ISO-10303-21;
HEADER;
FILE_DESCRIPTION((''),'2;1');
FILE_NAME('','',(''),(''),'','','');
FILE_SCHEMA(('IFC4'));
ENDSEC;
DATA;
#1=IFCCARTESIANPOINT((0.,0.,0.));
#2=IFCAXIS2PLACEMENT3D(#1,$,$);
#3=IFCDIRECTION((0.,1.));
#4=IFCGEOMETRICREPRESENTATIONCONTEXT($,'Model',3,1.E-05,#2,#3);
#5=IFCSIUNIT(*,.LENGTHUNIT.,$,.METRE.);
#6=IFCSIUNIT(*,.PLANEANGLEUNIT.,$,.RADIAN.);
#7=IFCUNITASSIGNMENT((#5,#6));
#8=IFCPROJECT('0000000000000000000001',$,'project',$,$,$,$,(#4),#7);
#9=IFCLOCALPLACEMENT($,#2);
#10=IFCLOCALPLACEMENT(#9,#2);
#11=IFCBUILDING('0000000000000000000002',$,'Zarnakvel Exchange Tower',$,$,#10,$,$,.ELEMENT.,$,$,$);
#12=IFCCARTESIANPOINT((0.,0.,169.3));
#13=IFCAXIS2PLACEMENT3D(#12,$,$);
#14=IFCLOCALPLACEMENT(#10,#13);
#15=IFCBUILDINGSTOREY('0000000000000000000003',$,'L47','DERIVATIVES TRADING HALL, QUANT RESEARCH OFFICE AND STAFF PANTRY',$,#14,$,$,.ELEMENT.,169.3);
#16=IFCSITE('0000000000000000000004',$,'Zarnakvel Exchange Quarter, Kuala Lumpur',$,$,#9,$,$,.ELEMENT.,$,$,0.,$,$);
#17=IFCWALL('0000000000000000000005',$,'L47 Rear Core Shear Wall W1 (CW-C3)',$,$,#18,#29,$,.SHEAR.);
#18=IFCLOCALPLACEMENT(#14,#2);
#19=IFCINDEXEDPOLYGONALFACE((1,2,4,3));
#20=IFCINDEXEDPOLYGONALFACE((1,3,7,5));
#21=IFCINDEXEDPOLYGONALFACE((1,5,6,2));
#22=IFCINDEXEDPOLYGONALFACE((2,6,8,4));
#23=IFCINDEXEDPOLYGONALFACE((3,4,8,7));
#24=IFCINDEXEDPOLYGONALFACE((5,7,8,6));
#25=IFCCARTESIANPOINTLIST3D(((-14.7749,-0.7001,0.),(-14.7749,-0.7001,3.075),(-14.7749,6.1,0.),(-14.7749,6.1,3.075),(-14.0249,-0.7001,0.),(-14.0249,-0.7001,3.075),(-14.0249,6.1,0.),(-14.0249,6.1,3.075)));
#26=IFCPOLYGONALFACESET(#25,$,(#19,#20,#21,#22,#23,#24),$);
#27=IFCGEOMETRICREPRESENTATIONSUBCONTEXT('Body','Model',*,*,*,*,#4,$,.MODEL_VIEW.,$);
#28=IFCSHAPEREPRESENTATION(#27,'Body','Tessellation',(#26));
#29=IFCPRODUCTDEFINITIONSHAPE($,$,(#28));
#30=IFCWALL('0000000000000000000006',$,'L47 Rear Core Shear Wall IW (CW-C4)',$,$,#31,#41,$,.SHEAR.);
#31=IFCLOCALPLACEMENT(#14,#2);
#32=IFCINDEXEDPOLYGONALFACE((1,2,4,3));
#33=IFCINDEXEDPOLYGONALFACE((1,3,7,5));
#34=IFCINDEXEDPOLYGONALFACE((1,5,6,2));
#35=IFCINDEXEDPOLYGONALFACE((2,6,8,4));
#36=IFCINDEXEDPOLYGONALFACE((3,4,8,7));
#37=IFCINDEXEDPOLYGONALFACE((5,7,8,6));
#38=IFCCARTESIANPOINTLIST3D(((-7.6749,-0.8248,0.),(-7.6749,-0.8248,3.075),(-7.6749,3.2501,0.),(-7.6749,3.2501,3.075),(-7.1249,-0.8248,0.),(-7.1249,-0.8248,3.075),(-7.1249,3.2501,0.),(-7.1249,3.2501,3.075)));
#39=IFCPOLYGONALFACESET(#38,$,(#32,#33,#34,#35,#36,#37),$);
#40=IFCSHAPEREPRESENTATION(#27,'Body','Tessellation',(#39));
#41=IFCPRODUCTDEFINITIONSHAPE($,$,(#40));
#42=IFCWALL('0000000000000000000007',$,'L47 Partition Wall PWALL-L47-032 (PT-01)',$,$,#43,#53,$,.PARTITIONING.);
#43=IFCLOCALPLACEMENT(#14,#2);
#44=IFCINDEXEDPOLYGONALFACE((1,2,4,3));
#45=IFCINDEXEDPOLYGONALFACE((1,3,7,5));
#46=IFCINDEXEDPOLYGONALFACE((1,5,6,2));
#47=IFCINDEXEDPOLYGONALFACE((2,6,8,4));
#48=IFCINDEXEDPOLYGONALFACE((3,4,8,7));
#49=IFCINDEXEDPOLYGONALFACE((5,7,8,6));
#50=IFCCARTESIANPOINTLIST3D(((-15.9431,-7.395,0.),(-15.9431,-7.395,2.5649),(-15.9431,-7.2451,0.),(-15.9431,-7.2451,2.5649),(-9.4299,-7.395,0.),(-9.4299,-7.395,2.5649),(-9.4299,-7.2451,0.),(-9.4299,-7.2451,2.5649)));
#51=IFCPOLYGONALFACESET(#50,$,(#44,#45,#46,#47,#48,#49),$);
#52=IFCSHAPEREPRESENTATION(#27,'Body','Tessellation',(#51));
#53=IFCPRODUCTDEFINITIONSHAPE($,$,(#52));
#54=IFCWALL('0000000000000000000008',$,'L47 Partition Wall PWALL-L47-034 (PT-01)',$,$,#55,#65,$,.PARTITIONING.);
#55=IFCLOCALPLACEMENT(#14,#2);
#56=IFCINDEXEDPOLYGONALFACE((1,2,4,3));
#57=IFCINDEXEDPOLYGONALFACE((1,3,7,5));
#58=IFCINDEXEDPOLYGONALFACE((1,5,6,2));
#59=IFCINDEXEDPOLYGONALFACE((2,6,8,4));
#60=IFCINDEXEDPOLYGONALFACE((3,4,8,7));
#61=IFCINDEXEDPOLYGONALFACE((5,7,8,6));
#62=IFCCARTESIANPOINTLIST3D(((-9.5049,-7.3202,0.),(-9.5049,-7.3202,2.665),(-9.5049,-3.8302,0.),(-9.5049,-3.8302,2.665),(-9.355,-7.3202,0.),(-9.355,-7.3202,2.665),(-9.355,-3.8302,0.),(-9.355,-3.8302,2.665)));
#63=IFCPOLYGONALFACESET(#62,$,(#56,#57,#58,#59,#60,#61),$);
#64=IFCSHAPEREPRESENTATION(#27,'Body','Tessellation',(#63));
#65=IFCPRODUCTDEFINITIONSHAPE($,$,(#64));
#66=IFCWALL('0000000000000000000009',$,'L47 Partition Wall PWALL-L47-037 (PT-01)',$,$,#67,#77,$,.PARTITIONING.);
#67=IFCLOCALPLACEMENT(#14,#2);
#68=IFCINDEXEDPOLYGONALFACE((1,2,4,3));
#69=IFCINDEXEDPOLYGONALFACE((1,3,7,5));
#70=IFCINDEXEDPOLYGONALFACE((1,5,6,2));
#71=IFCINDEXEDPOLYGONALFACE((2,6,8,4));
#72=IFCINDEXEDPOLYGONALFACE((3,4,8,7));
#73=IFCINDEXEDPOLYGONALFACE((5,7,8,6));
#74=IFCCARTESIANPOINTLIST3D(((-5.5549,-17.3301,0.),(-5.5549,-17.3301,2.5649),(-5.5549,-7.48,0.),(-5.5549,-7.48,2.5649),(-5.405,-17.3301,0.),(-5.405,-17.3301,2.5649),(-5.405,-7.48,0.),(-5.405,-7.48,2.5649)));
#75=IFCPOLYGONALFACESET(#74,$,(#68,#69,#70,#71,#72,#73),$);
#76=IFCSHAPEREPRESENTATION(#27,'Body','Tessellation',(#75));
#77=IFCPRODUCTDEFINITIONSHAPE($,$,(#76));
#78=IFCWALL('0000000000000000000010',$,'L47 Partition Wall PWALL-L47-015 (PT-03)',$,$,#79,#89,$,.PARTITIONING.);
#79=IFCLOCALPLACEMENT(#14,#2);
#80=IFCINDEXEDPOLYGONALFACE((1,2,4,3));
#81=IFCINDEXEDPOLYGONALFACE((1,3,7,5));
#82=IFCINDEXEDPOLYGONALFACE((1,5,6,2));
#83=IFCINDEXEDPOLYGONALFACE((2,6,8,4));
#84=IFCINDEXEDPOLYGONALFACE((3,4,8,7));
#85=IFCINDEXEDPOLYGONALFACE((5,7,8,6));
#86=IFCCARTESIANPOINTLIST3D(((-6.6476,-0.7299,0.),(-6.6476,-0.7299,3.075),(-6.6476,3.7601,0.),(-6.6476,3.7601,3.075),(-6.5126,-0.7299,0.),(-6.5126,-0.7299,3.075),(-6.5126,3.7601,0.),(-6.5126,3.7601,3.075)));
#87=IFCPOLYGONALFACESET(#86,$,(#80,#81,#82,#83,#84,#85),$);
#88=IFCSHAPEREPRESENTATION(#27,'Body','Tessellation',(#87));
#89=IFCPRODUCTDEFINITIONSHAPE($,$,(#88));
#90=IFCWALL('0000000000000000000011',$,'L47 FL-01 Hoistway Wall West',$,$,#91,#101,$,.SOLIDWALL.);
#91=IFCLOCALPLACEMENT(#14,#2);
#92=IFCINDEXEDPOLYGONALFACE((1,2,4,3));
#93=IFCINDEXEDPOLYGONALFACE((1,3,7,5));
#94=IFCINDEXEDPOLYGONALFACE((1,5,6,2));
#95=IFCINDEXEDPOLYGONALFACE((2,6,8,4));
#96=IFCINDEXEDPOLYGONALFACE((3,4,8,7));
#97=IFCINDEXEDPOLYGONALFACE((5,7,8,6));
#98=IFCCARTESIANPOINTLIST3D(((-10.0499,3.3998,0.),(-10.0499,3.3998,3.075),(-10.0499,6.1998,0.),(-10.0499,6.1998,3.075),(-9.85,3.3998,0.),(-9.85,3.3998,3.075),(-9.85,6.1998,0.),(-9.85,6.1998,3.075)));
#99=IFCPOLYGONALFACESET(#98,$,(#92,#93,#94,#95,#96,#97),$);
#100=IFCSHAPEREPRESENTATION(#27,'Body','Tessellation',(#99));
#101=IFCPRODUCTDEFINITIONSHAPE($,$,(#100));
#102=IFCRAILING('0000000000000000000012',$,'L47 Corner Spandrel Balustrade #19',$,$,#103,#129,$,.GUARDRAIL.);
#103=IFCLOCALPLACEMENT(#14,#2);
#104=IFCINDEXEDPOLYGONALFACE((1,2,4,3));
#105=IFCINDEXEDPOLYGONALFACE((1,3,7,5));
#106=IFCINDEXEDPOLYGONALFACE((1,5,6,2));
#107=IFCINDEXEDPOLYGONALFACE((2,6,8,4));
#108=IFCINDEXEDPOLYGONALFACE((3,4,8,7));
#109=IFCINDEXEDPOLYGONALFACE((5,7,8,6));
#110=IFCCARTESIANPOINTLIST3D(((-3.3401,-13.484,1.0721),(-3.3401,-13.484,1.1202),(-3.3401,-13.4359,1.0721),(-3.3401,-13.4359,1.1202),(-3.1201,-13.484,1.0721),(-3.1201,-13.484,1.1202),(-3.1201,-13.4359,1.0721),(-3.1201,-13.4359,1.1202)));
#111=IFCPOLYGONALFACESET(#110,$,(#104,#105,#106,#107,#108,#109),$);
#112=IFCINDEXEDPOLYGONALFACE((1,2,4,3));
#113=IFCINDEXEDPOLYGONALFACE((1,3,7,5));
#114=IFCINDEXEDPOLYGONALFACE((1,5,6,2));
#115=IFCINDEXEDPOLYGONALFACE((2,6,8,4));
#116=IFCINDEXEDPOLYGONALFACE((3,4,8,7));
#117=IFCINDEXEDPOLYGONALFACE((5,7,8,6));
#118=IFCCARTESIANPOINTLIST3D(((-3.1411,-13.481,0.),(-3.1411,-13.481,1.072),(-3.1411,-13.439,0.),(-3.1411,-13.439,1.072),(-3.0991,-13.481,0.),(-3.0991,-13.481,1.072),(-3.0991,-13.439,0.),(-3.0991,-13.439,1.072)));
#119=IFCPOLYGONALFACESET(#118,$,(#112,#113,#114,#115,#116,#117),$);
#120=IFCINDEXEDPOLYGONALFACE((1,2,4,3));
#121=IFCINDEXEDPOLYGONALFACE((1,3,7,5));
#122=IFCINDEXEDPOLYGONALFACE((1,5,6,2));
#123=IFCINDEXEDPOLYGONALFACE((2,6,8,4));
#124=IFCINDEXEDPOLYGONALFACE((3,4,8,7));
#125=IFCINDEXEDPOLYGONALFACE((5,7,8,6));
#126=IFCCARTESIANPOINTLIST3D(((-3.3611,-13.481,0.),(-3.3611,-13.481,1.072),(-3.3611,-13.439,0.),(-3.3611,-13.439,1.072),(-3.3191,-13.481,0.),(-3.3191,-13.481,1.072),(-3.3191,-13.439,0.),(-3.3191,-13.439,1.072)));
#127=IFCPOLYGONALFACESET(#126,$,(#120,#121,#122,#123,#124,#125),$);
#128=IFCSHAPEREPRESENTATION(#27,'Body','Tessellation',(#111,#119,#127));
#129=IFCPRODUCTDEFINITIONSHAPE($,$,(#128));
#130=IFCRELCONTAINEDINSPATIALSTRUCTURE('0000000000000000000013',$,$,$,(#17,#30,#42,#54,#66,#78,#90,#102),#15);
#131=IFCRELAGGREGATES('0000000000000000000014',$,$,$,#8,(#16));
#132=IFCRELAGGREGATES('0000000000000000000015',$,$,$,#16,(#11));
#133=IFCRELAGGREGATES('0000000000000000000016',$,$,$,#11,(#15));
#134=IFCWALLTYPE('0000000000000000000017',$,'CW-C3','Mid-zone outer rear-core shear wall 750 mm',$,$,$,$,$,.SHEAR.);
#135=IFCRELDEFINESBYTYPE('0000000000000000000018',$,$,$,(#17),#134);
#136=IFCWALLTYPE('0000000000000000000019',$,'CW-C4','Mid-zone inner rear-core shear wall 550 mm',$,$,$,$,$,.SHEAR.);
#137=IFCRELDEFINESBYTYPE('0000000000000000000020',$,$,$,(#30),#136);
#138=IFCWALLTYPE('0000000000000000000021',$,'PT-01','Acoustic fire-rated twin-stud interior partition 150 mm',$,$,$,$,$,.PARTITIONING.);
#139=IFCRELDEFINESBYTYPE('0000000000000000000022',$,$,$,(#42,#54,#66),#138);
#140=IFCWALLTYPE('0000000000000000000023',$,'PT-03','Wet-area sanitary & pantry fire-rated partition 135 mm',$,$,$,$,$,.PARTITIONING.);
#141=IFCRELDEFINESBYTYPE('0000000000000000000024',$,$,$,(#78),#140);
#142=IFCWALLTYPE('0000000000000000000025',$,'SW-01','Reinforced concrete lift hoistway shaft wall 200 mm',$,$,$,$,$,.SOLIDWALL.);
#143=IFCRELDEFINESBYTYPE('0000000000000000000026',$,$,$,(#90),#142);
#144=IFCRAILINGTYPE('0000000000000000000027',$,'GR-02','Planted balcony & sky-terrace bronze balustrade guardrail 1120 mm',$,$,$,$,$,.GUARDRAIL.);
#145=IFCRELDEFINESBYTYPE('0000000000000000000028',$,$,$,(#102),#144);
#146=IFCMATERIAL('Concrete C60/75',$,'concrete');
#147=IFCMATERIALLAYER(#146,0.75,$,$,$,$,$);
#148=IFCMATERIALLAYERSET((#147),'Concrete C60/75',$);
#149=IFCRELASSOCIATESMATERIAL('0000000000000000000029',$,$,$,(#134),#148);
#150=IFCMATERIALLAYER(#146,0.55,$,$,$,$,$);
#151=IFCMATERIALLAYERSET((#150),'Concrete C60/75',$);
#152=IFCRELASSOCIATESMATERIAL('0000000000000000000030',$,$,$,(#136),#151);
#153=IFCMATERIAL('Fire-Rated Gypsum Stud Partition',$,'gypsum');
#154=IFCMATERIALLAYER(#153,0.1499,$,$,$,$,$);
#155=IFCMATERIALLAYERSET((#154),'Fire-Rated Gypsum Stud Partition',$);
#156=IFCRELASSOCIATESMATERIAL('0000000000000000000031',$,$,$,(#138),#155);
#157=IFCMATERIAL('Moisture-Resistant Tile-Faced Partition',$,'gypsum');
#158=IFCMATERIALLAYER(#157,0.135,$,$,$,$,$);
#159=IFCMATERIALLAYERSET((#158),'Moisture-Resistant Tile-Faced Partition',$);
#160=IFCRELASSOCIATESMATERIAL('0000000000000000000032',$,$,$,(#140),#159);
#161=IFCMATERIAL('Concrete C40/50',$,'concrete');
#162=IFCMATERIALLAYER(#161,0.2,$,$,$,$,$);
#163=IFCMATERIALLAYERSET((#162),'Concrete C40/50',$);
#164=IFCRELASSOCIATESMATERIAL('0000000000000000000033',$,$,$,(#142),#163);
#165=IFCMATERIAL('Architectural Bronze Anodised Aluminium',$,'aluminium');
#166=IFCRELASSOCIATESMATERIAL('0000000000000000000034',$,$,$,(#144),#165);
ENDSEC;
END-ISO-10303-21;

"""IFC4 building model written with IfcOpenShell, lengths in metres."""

from ifc_helpers import new_model, si_unit, direction, frame, frame_2d, origin, origin_2d, place, context, subcontext, project, spatial, rectangle, extrude, material, layer, layer_set, type_object, element, save


model = new_model("IFC4")

# Units and contexts
model_context = context("Model", 3, precision=1e-05, world=origin(), true_north=direction((0.0, 1.0)))
body_context = subcontext(model_context, "Body", "Model", "MODEL_VIEW")
ifc_project = project(units=[si_unit("LENGTHUNIT", "METRE"), si_unit("PLANEANGLEUNIT", "RADIAN")], contexts=[model_context])

# Site, building, storey
site_placement = place(None, origin())
site = spatial("IfcSite", under=ifc_project, at=site_placement, Name="Zarnakvel Exchange Quarter, Kuala Lumpur", CompositionType="ELEMENT", RefElevation=0.0)
building_placement = place(site_placement, origin())
building = spatial("IfcBuilding", under=site, at=building_placement, Name="Zarnakvel Exchange Tower", CompositionType="ELEMENT")
storey_placement = place(building_placement, frame((0.0, 0.0, 169.3)))
storey = spatial("IfcBuildingStorey", under=building, at=storey_placement, Name="L47", Description="DERIVATIVES TRADING HALL, QUANT RESEARCH OFFICE AND STAFF PANTRY", CompositionType="ELEMENT", Elevation=169.3)

# Shared definitions
ifc_material_1 = material(Name="Concrete C60/75", Category="concrete")

# Wall
ifc_layer_1 = layer(ifc_material_1, 0.75)
ifc_layer_set_1 = layer_set([ifc_layer_1], Name="Concrete C60/75")
wall_type_1 = type_object("IfcWallType", Name="CW-C3", Description="Mid-zone outer rear-core shear wall 750 mm", PredefinedType="SHEAR", material=ifc_layer_set_1)
wall_1_placement = place(storey_placement, frame((-14.3999, -0.7, 0.0), z_axis=(0.0, 0.0, 1.0), x_axis=(0.0, 1.0, 0.0)))
element("IfcWall", 1, at=wall_1_placement, inside=storey, type_object=wall_type_1, Name="L47 Rear Core Shear Wall W1 (CW-C3)", PredefinedType="SHEAR", context=body_context, shape_type="SweptSolid", body=[
    extrude(rectangle(XDim=6.8, YDim=0.75, at=frame_2d((3.3999, 0.0))), origin(), (0.0, 0.0, 1.0), 3.075),
])

# Walls
ifc_layer_2 = layer(ifc_material_1, 0.55)
ifc_layer_set_2 = layer_set([ifc_layer_2], Name="Concrete C60/75")
wall_type_2 = type_object("IfcWallType", Name="CW-C4", Description="Mid-zone inner rear-core shear wall 550 mm", PredefinedType="SHEAR", material=ifc_layer_set_2)
wall_2_placement = place(storey_placement, frame((-7.3999, -0.825, 0.0), z_axis=(0.0, 0.0, 1.0), x_axis=(0.0, 1.0, 0.0)))
element("IfcWall", 2, at=wall_2_placement, inside=storey, type_object=wall_type_2, Name="L47 Rear Core Shear Wall IW (CW-C4)", PredefinedType="SHEAR", context=body_context, shape_type="SweptSolid", body=[
    extrude(rectangle(XDim=4.075, YDim=0.55, at=frame_2d((2.0376, 0.0))), origin(), (0.0, 0.0, 1.0), 3.075),
])
ifc_material_2 = material(Name="Fire-Rated Gypsum Stud Partition", Category="gypsum")
ifc_layer_3 = layer(ifc_material_2, 0.1499)
ifc_layer_set_3 = layer_set([ifc_layer_3], Name="Fire-Rated Gypsum Stud Partition")
wall_type_3 = type_object("IfcWallType", Name="PT-01", Description="Acoustic fire-rated twin-stud interior partition 150 mm", PredefinedType="PARTITIONING", material=ifc_layer_set_3)
wall_3_placement = place(storey_placement, frame((-9.4299, -7.3201, 0.0), z_axis=(0.0, 0.0, 1.0), x_axis=(-1.0, 0.0, 0.0)))
element("IfcWall", 3, at=wall_3_placement, inside=storey, type_object=wall_type_3, Name="L47 Partition Wall PWALL-L47-032 (PT-01)", PredefinedType="PARTITIONING", context=body_context, shape_type="SweptSolid", body=[
    extrude(rectangle(XDim=6.5132, YDim=0.1499, at=frame_2d((3.2566, 0.0))), origin(), (0.0, 0.0, 1.0), 2.5649),
])
wall_4_placement = place(storey_placement, frame((-9.4299, -3.8301, 0.0), z_axis=(0.0, 0.0, 1.0), x_axis=(0.0, -1.0, 0.0)))
element("IfcWall", 4, at=wall_4_placement, inside=storey, type_object=wall_type_3, Name="L47 Partition Wall PWALL-L47-034 (PT-01)", PredefinedType="PARTITIONING", context=body_context, shape_type="SweptSolid", body=[
    extrude(rectangle(XDim=3.49, YDim=0.1499, at=frame_2d((1.7451, 0.0))), origin(), (0.0, 0.0, 1.0), 2.665),
])
wall_5_placement = place(storey_placement, frame((-5.48, -7.48, 0.0), z_axis=(0.0, 0.0, 1.0), x_axis=(0.0, -1.0, 0.0)))
element("IfcWall", 5, at=wall_5_placement, inside=storey, type_object=wall_type_3, Name="L47 Partition Wall PWALL-L47-037 (PT-01)", PredefinedType="PARTITIONING", context=body_context, shape_type="SweptSolid", body=[
    extrude(rectangle(XDim=9.8501, YDim=0.1499, at=frame_2d((4.925, 0.0))), origin(), (0.0, 0.0, 1.0), 2.5649),
])
ifc_material_3 = material(Name="Moisture-Resistant Tile-Faced Partition", Category="gypsum")
ifc_layer_4 = layer(ifc_material_3, 0.135)
ifc_layer_set_4 = layer_set([ifc_layer_4], Name="Moisture-Resistant Tile-Faced Partition")
wall_type_4 = type_object("IfcWallType", Name="PT-03", Description="Wet-area sanitary & pantry fire-rated partition 135 mm", PredefinedType="PARTITIONING", material=ifc_layer_set_4)
wall_6_placement = place(storey_placement, frame((-6.5801, -0.73, 0.0), z_axis=(0.0, 0.0, 1.0), x_axis=(0.0, 1.0, 0.0)))
element("IfcWall", 6, at=wall_6_placement, inside=storey, type_object=wall_type_4, Name="L47 Partition Wall PWALL-L47-015 (PT-03)", PredefinedType="PARTITIONING", context=body_context, shape_type="SweptSolid", body=[
    extrude(rectangle(XDim=4.49, YDim=0.135, at=frame_2d((2.2451, 0.0))), origin(), (0.0, 0.0, 1.0), 3.075),
])
ifc_material_4 = material(Name="Concrete C40/50", Category="concrete")
ifc_layer_5 = layer(ifc_material_4, 0.2)
ifc_layer_set_5 = layer_set([ifc_layer_5], Name="Concrete C40/50")
wall_type_5 = type_object("IfcWallType", Name="SW-01", Description="Reinforced concrete lift hoistway shaft wall 200 mm", PredefinedType="SOLIDWALL", material=ifc_layer_set_5)
wall_7_placement = place(storey_placement, frame((-9.95, 3.3999, 0.0), z_axis=(0.0, 0.0, 1.0), x_axis=(0.0, 1.0, 0.0)))
element("IfcWall", 7, at=wall_7_placement, inside=storey, type_object=wall_type_5, Name="L47 FL-01 Hoistway Wall West", PredefinedType="SOLIDWALL", context=body_context, shape_type="SweptSolid", body=[
    extrude(rectangle(XDim=2.8, YDim=0.2, at=frame_2d((1.3999, 0.0))), origin(), (0.0, 0.0, 1.0), 3.075),
])

# Railing
ifc_material_5 = material(Name="Architectural Bronze Anodised Aluminium", Category="aluminium")
railing_type_1 = type_object("IfcRailingType", Name="GR-02", Description="Planted balcony & sky-terrace bronze balustrade guardrail 1120 mm", PredefinedType="GUARDRAIL", material=ifc_material_5)
railing_1_placement = place(storey_placement, frame((-3.1201, -13.46, 0.0)))
element("IfcRailing", 8, at=railing_1_placement, inside=storey, type_object=railing_type_1, Name="L47 Corner Spandrel Balustrade #19", PredefinedType="GUARDRAIL", context=body_context, shape_type="SweptSolid", body=[
    extrude(rectangle(XDim=0.0481, YDim=0.0481, at=origin_2d()), frame((0.0, 0.0, 1.0962), z_axis=(-1.0, 0.0, 0.0), x_axis=(0.0, -1.0, 0.0)), (0.0, 0.0, 1.0), 0.22),
    extrude(rectangle(XDim=0.042, YDim=0.042, at=origin_2d()), origin(), (0.0, 0.0, 1.0), 1.072),
    extrude(rectangle(XDim=0.042, YDim=0.042, at=origin_2d()), frame((-0.22, 0.0, 0.0)), (0.0, 0.0, 1.0), 1.072),
])

save(model, "model.ifc")
